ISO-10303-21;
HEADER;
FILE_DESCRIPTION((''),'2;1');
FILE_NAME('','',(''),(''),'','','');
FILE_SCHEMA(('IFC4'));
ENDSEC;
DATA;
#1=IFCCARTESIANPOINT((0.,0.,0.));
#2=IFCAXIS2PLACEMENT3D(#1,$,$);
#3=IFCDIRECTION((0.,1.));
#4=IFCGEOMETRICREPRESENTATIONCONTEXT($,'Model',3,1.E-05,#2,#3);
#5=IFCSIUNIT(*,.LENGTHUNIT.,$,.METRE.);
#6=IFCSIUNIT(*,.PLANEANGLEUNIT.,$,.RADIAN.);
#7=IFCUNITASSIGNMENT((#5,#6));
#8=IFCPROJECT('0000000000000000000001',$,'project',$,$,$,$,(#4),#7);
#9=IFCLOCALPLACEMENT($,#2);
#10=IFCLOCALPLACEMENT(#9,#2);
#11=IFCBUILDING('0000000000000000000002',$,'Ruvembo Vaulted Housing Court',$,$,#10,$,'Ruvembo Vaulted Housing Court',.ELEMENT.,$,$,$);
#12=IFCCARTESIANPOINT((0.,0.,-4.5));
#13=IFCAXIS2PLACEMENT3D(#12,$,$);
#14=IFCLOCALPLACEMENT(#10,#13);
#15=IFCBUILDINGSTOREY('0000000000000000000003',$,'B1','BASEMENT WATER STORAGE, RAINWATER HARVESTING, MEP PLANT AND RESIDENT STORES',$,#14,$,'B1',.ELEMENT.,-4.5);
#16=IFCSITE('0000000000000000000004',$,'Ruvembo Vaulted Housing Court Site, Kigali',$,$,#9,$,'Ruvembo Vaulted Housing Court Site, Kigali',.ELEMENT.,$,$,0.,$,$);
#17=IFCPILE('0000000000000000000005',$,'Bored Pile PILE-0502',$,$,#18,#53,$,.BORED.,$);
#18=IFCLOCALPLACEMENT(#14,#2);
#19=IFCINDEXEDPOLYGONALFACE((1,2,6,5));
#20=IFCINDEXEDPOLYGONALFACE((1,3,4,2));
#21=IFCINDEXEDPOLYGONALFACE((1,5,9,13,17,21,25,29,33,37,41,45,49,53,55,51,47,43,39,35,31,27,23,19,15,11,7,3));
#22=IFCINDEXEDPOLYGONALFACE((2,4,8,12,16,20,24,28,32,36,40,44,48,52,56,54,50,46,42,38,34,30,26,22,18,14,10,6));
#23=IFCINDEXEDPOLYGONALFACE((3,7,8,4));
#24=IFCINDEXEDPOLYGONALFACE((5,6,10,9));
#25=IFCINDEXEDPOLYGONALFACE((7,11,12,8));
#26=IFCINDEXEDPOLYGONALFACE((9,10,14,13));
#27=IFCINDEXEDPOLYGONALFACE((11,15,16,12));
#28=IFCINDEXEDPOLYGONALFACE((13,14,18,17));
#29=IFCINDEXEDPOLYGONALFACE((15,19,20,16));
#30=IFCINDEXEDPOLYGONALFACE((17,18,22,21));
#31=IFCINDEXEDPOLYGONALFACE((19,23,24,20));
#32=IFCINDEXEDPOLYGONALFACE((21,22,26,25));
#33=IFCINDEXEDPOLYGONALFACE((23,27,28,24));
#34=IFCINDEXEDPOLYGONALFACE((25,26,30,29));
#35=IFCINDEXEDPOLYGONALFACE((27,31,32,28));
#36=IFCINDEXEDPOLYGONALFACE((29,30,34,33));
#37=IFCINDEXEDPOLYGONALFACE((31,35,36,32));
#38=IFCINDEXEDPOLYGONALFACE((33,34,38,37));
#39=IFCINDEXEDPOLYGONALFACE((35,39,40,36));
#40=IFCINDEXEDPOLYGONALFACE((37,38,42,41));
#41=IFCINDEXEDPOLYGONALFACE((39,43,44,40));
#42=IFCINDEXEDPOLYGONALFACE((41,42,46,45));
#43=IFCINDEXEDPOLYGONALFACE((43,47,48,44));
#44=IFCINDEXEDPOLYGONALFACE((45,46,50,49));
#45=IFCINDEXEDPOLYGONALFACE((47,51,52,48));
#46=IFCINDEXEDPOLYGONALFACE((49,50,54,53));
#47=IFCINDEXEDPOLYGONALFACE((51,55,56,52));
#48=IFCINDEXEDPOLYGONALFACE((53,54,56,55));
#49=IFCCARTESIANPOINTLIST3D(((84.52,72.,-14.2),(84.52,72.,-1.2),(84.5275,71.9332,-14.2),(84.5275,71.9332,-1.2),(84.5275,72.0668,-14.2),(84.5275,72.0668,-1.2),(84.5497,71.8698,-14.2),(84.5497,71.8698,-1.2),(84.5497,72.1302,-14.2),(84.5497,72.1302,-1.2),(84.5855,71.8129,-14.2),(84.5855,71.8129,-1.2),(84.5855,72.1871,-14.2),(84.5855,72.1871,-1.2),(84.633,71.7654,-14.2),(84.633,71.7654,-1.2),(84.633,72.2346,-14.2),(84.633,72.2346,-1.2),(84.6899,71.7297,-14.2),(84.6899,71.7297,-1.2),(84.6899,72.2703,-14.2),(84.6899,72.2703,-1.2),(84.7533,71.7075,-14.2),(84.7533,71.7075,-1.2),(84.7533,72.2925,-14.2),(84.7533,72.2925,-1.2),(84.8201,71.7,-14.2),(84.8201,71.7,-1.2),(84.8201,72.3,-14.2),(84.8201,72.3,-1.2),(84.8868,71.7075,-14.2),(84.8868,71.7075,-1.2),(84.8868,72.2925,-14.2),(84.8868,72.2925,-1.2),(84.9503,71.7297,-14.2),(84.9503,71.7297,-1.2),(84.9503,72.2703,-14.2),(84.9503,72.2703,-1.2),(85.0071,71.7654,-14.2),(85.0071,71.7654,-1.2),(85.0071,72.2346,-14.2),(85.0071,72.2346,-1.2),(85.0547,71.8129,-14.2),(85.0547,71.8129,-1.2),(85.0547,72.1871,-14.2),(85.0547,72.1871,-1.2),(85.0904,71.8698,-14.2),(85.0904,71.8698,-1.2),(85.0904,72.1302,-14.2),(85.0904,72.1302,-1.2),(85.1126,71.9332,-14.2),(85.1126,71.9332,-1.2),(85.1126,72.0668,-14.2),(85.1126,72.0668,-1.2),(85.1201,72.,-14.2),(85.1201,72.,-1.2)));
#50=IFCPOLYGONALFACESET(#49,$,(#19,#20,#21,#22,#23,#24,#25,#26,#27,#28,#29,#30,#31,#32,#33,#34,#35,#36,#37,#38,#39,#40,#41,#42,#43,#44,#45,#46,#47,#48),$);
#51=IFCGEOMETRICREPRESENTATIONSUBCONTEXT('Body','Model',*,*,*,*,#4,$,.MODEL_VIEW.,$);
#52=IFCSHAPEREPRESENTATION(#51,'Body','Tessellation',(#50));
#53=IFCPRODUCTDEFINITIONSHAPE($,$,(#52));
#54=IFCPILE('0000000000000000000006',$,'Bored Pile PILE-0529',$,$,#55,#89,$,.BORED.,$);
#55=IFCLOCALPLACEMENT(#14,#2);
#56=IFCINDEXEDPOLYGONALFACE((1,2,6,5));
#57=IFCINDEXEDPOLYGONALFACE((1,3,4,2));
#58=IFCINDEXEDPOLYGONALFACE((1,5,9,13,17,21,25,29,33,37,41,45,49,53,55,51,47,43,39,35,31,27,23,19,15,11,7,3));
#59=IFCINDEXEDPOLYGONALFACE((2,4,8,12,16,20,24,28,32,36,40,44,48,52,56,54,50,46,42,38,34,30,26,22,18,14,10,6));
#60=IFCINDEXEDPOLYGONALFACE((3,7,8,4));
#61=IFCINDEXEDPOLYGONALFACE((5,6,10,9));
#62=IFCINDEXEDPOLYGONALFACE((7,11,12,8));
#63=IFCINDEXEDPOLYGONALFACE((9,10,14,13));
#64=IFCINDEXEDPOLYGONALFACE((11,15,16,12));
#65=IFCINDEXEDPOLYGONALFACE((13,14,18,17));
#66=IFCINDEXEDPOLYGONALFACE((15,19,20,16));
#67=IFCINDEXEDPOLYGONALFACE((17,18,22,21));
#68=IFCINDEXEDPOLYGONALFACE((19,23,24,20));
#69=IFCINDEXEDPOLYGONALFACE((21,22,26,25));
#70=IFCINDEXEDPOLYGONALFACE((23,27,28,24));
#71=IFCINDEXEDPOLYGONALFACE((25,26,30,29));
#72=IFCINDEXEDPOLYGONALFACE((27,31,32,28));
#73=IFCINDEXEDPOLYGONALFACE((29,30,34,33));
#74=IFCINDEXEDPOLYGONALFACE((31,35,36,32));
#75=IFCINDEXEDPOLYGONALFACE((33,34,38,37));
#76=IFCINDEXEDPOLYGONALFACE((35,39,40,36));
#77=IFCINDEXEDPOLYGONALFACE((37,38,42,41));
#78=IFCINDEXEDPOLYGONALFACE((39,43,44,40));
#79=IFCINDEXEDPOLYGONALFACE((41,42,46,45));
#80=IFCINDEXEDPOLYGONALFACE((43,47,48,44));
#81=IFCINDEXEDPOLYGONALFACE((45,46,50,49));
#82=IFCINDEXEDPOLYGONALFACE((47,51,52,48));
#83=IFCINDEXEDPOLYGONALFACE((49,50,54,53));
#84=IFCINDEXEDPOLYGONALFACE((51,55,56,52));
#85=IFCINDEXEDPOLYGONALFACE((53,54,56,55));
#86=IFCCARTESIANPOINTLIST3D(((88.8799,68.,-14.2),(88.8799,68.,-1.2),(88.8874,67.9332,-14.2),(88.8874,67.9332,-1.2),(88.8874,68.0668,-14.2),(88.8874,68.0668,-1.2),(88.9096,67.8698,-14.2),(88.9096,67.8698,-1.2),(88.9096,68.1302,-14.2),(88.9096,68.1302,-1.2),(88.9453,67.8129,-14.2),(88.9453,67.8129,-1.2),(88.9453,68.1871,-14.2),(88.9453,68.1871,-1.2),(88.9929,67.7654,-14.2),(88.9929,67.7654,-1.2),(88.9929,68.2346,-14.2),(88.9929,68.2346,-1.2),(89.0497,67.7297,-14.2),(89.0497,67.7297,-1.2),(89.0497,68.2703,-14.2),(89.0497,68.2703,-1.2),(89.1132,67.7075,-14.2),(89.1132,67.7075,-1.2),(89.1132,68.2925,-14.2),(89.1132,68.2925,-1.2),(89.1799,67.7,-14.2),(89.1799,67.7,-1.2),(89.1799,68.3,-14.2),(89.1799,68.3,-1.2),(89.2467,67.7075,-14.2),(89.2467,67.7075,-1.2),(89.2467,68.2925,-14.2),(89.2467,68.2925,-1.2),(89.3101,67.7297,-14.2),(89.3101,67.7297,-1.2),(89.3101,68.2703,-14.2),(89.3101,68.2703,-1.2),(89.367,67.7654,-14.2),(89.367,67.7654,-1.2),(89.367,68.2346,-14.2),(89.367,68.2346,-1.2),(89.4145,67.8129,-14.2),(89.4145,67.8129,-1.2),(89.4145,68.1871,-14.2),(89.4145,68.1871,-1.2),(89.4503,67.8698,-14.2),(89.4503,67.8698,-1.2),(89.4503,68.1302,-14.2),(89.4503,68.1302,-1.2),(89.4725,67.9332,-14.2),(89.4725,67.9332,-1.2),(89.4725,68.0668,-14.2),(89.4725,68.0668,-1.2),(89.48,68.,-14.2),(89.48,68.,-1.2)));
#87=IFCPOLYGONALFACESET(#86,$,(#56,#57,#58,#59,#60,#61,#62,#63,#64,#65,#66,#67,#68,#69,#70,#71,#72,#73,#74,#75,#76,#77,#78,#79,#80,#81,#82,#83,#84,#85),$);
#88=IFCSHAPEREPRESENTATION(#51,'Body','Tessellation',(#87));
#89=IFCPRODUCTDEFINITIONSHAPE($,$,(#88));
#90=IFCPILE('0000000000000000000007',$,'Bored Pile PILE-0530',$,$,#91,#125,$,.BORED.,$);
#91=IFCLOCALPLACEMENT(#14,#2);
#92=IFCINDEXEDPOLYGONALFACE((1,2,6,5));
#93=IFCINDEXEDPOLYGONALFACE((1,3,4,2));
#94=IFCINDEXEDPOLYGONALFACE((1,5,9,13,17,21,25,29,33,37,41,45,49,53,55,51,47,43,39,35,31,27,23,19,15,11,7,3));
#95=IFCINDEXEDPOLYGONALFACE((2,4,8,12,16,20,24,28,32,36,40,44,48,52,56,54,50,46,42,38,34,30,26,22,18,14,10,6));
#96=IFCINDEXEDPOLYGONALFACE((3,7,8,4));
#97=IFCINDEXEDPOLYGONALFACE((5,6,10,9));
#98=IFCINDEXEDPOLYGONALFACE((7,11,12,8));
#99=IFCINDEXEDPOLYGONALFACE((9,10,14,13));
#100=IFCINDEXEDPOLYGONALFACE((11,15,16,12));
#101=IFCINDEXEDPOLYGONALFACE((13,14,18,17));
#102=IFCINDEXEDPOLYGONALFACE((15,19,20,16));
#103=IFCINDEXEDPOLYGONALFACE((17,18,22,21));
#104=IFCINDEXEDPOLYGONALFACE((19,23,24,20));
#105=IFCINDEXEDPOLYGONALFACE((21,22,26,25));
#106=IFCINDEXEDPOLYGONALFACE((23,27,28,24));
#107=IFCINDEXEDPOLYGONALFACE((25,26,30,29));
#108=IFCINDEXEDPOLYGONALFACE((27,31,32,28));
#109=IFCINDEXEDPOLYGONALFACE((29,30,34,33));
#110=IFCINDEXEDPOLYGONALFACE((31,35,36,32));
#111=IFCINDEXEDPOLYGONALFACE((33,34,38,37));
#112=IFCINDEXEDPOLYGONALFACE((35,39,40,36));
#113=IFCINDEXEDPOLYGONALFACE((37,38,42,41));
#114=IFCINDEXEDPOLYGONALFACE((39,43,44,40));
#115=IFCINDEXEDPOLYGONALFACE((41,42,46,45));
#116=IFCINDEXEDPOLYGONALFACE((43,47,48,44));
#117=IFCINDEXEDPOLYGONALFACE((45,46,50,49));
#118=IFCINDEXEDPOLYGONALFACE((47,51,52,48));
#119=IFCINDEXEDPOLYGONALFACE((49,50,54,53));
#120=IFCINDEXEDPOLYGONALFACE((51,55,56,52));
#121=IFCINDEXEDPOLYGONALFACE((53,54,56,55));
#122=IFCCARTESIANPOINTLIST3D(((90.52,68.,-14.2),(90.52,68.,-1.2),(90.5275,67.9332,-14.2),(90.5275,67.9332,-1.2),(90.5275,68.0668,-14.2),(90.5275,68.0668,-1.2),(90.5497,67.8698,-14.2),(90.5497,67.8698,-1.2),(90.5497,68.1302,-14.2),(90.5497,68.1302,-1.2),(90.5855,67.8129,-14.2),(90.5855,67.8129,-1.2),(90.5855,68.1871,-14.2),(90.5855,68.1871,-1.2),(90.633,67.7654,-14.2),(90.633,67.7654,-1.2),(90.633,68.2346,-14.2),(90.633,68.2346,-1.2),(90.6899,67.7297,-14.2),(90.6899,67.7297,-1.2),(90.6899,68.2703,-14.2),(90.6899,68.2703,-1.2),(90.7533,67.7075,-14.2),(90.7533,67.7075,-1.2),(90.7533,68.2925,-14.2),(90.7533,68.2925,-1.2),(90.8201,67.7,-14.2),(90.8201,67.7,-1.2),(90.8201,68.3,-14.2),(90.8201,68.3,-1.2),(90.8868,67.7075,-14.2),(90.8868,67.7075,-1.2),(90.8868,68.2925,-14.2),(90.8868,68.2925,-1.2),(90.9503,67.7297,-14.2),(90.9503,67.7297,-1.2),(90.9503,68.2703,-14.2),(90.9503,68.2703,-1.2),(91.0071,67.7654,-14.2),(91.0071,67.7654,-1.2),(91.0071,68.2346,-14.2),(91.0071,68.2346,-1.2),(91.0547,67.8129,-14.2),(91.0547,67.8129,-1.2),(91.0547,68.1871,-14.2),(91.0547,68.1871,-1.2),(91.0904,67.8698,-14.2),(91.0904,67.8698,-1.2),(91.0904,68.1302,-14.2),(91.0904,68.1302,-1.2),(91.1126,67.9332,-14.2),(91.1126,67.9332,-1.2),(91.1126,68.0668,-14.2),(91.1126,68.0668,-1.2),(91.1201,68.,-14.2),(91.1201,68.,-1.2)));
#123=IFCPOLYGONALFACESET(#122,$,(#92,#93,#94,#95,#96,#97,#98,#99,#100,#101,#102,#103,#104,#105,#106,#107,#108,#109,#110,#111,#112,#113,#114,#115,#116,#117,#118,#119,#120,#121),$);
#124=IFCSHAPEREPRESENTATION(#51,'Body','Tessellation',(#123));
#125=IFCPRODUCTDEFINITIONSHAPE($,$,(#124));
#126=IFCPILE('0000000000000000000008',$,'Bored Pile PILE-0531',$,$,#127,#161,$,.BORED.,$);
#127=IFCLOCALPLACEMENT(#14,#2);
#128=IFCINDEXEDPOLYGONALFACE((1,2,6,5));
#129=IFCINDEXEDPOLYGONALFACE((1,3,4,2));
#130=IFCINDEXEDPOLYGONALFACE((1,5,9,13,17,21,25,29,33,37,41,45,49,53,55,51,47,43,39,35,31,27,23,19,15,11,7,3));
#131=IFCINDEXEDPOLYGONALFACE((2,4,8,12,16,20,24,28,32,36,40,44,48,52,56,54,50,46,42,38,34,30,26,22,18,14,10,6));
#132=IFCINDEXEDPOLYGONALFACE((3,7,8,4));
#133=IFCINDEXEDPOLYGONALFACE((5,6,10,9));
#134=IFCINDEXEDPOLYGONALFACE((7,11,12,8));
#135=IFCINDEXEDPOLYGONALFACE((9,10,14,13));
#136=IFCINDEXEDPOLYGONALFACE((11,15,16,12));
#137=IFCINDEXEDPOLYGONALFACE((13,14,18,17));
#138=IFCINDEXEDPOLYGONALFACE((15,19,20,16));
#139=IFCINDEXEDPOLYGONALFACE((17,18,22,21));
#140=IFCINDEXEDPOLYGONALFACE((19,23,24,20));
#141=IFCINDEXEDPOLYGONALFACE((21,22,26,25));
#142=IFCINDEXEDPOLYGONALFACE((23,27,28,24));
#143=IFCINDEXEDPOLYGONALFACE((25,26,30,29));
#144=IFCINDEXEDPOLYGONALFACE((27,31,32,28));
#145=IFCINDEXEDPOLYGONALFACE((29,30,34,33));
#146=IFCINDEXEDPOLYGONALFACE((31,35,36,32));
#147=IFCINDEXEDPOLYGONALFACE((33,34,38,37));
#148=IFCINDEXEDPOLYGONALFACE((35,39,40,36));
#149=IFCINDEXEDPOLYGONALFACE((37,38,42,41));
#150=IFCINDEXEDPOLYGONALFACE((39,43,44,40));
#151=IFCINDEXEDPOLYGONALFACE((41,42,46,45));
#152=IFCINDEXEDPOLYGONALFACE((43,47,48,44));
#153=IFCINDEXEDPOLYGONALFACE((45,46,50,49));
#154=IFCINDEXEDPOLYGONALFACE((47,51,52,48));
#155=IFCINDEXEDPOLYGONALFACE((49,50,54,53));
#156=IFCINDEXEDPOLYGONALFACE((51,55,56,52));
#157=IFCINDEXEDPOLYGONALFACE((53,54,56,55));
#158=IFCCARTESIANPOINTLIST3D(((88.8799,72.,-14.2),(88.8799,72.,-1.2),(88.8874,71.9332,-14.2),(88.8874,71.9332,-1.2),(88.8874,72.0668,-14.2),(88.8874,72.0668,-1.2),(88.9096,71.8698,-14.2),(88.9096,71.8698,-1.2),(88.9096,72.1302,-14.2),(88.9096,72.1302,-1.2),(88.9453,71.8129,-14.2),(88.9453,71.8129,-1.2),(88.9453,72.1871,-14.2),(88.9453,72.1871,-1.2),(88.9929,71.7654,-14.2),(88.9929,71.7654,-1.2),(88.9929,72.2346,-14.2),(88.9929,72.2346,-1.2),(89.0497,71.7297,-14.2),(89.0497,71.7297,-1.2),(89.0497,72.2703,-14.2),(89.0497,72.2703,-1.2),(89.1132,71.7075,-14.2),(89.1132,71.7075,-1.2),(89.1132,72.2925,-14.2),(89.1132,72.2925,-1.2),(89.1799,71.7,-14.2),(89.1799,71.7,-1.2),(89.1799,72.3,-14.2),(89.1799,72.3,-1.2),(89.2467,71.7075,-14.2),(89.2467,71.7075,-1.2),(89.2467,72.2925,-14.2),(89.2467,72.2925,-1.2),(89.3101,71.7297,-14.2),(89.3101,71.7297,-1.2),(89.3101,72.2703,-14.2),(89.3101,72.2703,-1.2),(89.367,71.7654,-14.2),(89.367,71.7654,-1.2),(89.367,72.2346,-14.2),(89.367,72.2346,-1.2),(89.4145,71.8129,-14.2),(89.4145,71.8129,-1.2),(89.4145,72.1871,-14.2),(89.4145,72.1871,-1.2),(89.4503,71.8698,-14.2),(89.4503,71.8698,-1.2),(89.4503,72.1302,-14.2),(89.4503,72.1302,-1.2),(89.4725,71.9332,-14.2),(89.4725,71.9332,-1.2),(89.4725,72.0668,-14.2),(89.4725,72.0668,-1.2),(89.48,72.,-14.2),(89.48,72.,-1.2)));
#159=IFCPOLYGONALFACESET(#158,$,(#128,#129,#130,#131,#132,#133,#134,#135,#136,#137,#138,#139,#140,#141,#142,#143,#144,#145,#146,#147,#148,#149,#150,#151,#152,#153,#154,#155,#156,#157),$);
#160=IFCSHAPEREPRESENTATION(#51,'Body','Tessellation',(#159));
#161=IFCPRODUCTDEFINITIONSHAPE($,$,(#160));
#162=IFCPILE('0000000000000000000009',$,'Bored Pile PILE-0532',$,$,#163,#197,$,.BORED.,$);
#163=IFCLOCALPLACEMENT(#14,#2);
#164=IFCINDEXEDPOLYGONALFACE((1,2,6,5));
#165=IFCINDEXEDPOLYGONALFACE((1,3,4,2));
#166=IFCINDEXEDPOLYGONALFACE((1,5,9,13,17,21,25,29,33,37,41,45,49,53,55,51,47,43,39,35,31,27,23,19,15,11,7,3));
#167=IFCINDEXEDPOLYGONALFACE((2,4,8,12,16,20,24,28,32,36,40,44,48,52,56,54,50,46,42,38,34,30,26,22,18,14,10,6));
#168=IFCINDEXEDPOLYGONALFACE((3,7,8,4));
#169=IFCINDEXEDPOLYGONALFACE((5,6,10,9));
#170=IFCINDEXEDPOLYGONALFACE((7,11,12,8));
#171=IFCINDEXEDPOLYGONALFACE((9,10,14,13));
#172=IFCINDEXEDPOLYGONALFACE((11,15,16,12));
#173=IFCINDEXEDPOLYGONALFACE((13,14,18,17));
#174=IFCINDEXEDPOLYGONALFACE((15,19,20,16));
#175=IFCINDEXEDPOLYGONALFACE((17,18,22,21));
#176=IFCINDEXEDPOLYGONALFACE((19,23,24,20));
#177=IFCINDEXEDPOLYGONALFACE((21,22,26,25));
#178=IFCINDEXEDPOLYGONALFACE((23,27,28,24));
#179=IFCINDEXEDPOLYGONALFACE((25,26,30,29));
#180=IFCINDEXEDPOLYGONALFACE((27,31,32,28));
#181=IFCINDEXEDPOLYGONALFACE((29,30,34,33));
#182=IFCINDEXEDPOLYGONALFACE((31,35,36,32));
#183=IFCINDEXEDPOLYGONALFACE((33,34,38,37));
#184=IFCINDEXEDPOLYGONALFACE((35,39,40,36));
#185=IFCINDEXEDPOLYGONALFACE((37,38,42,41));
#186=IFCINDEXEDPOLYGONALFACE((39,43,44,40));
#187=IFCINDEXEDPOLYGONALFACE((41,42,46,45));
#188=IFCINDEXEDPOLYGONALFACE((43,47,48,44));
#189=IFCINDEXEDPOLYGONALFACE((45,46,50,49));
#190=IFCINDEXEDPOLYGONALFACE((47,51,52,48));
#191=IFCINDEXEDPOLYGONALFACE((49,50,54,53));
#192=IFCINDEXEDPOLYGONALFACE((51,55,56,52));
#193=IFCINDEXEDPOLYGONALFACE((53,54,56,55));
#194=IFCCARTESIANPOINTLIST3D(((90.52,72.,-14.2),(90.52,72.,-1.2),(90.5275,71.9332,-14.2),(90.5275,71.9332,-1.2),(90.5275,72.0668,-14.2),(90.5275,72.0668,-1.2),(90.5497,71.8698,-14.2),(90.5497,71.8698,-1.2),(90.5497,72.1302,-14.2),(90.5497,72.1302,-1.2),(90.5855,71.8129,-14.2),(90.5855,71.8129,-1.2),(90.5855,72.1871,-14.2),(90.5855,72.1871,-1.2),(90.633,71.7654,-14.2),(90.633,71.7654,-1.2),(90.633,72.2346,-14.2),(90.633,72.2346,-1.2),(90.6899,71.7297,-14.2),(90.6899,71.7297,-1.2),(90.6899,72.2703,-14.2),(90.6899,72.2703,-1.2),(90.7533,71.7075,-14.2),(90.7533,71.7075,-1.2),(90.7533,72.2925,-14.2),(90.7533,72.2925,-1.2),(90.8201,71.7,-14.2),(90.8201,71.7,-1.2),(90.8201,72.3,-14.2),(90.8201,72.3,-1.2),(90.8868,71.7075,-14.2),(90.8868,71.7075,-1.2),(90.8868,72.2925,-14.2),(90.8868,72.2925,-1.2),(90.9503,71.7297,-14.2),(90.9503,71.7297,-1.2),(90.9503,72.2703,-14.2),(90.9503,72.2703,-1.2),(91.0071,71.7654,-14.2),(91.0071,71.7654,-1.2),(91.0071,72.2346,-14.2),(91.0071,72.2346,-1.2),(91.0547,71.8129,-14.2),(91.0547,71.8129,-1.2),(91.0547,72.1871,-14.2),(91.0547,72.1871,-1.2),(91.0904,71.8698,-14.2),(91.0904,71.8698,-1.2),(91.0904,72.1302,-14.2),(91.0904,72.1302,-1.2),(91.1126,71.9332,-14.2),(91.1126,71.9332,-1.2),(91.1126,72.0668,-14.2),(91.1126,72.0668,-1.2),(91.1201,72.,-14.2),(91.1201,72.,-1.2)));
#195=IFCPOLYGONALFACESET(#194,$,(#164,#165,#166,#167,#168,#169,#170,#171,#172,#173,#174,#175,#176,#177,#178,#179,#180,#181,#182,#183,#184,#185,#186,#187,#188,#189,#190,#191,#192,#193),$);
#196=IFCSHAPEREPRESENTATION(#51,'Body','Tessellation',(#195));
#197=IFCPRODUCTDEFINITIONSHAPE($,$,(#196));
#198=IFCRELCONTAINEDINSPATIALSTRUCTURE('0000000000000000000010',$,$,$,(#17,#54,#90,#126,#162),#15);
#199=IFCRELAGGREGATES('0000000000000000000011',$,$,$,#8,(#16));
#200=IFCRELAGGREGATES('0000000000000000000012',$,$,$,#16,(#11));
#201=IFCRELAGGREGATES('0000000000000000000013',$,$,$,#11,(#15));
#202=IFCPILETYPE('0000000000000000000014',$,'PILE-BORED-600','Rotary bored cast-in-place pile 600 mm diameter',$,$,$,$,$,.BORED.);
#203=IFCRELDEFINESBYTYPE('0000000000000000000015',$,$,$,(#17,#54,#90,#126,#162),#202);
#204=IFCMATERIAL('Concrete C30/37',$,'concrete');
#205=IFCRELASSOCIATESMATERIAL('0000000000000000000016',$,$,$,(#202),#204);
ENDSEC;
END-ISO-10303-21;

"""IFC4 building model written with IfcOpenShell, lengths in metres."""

from ifc_helpers import new_model, si_unit, direction, frame, origin, origin_2d, place, context, subcontext, project, spatial, circle, extrude, material, material_profile, profile_set, type_object, element, save


model = new_model("IFC4")

# Units and contexts
model_context = context("Model", 3, precision=1e-05, world=origin(), true_north=direction((0.0, 1.0)))
body_context = subcontext(model_context, "Body", "Model", "MODEL_VIEW")
ifc_project = project(units=[si_unit("LENGTHUNIT", "METRE"), si_unit("PLANEANGLEUNIT", "RADIAN")], contexts=[model_context])

# Site, building, storey
site_placement = place(None, origin())
site = spatial("IfcSite", under=ifc_project, at=site_placement, Name="Ruvembo Vaulted Housing Court Site, Kigali", LongName="Ruvembo Vaulted Housing Court Site, Kigali", CompositionType="ELEMENT", RefElevation=0.0)
building_placement = place(site_placement, origin())
building = spatial("IfcBuilding", under=site, at=building_placement, Name="Ruvembo Vaulted Housing Court", LongName="Ruvembo Vaulted Housing Court", CompositionType="ELEMENT")
storey_placement = place(building_placement, frame((0.0, 0.0, -4.5)))
storey = spatial("IfcBuildingStorey", under=building, at=storey_placement, Name="B1", Description="BASEMENT WATER STORAGE, RAINWATER HARVESTING, MEP PLANT AND RESIDENT STORES", LongName="B1", CompositionType="ELEMENT", Elevation=-4.5)

# Piles
ifc_material_1 = material(Name="Concrete C30/37", Category="concrete")
ifc_material_profile_1 = material_profile(ifc_material_1, circle(Radius=0.3, at=origin_2d()), Name="PILE D600")
ifc_profile_set_1 = profile_set([ifc_material_profile_1], Name="Concrete C30/37")
pile_type = type_object("IfcPileType", Name="PILE-BORED-600", Description="Rotary bored cast-in-place pile 600 mm diameter", PredefinedType="BORED", material=ifc_profile_set_1)
for number, where, z_axis, x_axis, name in (
    (1, (84.8201, 72.0, -1.2), (0.0, 0.0, -1.0), (1.0, 0.0, 0.0), "Bored Pile PILE-0502"),
    (2, (89.1799, 68.0, -1.2), (0.0, 0.0, -1.0), (1.0, 0.0, 0.0), "Bored Pile PILE-0529"),
    (3, (90.8201, 68.0, -1.2), (0.0, 0.0, -1.0), (1.0, 0.0, 0.0), "Bored Pile PILE-0530"),
    (4, (89.1799, 72.0, -1.2), (0.0, 0.0, -1.0), (1.0, 0.0, 0.0), "Bored Pile PILE-0531"),
    (5, (90.8201, 72.0, -1.2), (0.0, 0.0, -1.0), (1.0, 0.0, 0.0), "Bored Pile PILE-0532"),
):
    element("IfcPile", number, at=place(storey_placement, frame(where, z_axis=z_axis, x_axis=x_axis)), inside=storey, type_object=pile_type, Name=name, PredefinedType="BORED", context=body_context, shape_type="SweptSolid", body=[
        extrude(circle(Radius=0.3, at=origin_2d()), origin(), (0.0, 0.0, 1.0), 13.0),
    ])

save(model, "model.ifc")
